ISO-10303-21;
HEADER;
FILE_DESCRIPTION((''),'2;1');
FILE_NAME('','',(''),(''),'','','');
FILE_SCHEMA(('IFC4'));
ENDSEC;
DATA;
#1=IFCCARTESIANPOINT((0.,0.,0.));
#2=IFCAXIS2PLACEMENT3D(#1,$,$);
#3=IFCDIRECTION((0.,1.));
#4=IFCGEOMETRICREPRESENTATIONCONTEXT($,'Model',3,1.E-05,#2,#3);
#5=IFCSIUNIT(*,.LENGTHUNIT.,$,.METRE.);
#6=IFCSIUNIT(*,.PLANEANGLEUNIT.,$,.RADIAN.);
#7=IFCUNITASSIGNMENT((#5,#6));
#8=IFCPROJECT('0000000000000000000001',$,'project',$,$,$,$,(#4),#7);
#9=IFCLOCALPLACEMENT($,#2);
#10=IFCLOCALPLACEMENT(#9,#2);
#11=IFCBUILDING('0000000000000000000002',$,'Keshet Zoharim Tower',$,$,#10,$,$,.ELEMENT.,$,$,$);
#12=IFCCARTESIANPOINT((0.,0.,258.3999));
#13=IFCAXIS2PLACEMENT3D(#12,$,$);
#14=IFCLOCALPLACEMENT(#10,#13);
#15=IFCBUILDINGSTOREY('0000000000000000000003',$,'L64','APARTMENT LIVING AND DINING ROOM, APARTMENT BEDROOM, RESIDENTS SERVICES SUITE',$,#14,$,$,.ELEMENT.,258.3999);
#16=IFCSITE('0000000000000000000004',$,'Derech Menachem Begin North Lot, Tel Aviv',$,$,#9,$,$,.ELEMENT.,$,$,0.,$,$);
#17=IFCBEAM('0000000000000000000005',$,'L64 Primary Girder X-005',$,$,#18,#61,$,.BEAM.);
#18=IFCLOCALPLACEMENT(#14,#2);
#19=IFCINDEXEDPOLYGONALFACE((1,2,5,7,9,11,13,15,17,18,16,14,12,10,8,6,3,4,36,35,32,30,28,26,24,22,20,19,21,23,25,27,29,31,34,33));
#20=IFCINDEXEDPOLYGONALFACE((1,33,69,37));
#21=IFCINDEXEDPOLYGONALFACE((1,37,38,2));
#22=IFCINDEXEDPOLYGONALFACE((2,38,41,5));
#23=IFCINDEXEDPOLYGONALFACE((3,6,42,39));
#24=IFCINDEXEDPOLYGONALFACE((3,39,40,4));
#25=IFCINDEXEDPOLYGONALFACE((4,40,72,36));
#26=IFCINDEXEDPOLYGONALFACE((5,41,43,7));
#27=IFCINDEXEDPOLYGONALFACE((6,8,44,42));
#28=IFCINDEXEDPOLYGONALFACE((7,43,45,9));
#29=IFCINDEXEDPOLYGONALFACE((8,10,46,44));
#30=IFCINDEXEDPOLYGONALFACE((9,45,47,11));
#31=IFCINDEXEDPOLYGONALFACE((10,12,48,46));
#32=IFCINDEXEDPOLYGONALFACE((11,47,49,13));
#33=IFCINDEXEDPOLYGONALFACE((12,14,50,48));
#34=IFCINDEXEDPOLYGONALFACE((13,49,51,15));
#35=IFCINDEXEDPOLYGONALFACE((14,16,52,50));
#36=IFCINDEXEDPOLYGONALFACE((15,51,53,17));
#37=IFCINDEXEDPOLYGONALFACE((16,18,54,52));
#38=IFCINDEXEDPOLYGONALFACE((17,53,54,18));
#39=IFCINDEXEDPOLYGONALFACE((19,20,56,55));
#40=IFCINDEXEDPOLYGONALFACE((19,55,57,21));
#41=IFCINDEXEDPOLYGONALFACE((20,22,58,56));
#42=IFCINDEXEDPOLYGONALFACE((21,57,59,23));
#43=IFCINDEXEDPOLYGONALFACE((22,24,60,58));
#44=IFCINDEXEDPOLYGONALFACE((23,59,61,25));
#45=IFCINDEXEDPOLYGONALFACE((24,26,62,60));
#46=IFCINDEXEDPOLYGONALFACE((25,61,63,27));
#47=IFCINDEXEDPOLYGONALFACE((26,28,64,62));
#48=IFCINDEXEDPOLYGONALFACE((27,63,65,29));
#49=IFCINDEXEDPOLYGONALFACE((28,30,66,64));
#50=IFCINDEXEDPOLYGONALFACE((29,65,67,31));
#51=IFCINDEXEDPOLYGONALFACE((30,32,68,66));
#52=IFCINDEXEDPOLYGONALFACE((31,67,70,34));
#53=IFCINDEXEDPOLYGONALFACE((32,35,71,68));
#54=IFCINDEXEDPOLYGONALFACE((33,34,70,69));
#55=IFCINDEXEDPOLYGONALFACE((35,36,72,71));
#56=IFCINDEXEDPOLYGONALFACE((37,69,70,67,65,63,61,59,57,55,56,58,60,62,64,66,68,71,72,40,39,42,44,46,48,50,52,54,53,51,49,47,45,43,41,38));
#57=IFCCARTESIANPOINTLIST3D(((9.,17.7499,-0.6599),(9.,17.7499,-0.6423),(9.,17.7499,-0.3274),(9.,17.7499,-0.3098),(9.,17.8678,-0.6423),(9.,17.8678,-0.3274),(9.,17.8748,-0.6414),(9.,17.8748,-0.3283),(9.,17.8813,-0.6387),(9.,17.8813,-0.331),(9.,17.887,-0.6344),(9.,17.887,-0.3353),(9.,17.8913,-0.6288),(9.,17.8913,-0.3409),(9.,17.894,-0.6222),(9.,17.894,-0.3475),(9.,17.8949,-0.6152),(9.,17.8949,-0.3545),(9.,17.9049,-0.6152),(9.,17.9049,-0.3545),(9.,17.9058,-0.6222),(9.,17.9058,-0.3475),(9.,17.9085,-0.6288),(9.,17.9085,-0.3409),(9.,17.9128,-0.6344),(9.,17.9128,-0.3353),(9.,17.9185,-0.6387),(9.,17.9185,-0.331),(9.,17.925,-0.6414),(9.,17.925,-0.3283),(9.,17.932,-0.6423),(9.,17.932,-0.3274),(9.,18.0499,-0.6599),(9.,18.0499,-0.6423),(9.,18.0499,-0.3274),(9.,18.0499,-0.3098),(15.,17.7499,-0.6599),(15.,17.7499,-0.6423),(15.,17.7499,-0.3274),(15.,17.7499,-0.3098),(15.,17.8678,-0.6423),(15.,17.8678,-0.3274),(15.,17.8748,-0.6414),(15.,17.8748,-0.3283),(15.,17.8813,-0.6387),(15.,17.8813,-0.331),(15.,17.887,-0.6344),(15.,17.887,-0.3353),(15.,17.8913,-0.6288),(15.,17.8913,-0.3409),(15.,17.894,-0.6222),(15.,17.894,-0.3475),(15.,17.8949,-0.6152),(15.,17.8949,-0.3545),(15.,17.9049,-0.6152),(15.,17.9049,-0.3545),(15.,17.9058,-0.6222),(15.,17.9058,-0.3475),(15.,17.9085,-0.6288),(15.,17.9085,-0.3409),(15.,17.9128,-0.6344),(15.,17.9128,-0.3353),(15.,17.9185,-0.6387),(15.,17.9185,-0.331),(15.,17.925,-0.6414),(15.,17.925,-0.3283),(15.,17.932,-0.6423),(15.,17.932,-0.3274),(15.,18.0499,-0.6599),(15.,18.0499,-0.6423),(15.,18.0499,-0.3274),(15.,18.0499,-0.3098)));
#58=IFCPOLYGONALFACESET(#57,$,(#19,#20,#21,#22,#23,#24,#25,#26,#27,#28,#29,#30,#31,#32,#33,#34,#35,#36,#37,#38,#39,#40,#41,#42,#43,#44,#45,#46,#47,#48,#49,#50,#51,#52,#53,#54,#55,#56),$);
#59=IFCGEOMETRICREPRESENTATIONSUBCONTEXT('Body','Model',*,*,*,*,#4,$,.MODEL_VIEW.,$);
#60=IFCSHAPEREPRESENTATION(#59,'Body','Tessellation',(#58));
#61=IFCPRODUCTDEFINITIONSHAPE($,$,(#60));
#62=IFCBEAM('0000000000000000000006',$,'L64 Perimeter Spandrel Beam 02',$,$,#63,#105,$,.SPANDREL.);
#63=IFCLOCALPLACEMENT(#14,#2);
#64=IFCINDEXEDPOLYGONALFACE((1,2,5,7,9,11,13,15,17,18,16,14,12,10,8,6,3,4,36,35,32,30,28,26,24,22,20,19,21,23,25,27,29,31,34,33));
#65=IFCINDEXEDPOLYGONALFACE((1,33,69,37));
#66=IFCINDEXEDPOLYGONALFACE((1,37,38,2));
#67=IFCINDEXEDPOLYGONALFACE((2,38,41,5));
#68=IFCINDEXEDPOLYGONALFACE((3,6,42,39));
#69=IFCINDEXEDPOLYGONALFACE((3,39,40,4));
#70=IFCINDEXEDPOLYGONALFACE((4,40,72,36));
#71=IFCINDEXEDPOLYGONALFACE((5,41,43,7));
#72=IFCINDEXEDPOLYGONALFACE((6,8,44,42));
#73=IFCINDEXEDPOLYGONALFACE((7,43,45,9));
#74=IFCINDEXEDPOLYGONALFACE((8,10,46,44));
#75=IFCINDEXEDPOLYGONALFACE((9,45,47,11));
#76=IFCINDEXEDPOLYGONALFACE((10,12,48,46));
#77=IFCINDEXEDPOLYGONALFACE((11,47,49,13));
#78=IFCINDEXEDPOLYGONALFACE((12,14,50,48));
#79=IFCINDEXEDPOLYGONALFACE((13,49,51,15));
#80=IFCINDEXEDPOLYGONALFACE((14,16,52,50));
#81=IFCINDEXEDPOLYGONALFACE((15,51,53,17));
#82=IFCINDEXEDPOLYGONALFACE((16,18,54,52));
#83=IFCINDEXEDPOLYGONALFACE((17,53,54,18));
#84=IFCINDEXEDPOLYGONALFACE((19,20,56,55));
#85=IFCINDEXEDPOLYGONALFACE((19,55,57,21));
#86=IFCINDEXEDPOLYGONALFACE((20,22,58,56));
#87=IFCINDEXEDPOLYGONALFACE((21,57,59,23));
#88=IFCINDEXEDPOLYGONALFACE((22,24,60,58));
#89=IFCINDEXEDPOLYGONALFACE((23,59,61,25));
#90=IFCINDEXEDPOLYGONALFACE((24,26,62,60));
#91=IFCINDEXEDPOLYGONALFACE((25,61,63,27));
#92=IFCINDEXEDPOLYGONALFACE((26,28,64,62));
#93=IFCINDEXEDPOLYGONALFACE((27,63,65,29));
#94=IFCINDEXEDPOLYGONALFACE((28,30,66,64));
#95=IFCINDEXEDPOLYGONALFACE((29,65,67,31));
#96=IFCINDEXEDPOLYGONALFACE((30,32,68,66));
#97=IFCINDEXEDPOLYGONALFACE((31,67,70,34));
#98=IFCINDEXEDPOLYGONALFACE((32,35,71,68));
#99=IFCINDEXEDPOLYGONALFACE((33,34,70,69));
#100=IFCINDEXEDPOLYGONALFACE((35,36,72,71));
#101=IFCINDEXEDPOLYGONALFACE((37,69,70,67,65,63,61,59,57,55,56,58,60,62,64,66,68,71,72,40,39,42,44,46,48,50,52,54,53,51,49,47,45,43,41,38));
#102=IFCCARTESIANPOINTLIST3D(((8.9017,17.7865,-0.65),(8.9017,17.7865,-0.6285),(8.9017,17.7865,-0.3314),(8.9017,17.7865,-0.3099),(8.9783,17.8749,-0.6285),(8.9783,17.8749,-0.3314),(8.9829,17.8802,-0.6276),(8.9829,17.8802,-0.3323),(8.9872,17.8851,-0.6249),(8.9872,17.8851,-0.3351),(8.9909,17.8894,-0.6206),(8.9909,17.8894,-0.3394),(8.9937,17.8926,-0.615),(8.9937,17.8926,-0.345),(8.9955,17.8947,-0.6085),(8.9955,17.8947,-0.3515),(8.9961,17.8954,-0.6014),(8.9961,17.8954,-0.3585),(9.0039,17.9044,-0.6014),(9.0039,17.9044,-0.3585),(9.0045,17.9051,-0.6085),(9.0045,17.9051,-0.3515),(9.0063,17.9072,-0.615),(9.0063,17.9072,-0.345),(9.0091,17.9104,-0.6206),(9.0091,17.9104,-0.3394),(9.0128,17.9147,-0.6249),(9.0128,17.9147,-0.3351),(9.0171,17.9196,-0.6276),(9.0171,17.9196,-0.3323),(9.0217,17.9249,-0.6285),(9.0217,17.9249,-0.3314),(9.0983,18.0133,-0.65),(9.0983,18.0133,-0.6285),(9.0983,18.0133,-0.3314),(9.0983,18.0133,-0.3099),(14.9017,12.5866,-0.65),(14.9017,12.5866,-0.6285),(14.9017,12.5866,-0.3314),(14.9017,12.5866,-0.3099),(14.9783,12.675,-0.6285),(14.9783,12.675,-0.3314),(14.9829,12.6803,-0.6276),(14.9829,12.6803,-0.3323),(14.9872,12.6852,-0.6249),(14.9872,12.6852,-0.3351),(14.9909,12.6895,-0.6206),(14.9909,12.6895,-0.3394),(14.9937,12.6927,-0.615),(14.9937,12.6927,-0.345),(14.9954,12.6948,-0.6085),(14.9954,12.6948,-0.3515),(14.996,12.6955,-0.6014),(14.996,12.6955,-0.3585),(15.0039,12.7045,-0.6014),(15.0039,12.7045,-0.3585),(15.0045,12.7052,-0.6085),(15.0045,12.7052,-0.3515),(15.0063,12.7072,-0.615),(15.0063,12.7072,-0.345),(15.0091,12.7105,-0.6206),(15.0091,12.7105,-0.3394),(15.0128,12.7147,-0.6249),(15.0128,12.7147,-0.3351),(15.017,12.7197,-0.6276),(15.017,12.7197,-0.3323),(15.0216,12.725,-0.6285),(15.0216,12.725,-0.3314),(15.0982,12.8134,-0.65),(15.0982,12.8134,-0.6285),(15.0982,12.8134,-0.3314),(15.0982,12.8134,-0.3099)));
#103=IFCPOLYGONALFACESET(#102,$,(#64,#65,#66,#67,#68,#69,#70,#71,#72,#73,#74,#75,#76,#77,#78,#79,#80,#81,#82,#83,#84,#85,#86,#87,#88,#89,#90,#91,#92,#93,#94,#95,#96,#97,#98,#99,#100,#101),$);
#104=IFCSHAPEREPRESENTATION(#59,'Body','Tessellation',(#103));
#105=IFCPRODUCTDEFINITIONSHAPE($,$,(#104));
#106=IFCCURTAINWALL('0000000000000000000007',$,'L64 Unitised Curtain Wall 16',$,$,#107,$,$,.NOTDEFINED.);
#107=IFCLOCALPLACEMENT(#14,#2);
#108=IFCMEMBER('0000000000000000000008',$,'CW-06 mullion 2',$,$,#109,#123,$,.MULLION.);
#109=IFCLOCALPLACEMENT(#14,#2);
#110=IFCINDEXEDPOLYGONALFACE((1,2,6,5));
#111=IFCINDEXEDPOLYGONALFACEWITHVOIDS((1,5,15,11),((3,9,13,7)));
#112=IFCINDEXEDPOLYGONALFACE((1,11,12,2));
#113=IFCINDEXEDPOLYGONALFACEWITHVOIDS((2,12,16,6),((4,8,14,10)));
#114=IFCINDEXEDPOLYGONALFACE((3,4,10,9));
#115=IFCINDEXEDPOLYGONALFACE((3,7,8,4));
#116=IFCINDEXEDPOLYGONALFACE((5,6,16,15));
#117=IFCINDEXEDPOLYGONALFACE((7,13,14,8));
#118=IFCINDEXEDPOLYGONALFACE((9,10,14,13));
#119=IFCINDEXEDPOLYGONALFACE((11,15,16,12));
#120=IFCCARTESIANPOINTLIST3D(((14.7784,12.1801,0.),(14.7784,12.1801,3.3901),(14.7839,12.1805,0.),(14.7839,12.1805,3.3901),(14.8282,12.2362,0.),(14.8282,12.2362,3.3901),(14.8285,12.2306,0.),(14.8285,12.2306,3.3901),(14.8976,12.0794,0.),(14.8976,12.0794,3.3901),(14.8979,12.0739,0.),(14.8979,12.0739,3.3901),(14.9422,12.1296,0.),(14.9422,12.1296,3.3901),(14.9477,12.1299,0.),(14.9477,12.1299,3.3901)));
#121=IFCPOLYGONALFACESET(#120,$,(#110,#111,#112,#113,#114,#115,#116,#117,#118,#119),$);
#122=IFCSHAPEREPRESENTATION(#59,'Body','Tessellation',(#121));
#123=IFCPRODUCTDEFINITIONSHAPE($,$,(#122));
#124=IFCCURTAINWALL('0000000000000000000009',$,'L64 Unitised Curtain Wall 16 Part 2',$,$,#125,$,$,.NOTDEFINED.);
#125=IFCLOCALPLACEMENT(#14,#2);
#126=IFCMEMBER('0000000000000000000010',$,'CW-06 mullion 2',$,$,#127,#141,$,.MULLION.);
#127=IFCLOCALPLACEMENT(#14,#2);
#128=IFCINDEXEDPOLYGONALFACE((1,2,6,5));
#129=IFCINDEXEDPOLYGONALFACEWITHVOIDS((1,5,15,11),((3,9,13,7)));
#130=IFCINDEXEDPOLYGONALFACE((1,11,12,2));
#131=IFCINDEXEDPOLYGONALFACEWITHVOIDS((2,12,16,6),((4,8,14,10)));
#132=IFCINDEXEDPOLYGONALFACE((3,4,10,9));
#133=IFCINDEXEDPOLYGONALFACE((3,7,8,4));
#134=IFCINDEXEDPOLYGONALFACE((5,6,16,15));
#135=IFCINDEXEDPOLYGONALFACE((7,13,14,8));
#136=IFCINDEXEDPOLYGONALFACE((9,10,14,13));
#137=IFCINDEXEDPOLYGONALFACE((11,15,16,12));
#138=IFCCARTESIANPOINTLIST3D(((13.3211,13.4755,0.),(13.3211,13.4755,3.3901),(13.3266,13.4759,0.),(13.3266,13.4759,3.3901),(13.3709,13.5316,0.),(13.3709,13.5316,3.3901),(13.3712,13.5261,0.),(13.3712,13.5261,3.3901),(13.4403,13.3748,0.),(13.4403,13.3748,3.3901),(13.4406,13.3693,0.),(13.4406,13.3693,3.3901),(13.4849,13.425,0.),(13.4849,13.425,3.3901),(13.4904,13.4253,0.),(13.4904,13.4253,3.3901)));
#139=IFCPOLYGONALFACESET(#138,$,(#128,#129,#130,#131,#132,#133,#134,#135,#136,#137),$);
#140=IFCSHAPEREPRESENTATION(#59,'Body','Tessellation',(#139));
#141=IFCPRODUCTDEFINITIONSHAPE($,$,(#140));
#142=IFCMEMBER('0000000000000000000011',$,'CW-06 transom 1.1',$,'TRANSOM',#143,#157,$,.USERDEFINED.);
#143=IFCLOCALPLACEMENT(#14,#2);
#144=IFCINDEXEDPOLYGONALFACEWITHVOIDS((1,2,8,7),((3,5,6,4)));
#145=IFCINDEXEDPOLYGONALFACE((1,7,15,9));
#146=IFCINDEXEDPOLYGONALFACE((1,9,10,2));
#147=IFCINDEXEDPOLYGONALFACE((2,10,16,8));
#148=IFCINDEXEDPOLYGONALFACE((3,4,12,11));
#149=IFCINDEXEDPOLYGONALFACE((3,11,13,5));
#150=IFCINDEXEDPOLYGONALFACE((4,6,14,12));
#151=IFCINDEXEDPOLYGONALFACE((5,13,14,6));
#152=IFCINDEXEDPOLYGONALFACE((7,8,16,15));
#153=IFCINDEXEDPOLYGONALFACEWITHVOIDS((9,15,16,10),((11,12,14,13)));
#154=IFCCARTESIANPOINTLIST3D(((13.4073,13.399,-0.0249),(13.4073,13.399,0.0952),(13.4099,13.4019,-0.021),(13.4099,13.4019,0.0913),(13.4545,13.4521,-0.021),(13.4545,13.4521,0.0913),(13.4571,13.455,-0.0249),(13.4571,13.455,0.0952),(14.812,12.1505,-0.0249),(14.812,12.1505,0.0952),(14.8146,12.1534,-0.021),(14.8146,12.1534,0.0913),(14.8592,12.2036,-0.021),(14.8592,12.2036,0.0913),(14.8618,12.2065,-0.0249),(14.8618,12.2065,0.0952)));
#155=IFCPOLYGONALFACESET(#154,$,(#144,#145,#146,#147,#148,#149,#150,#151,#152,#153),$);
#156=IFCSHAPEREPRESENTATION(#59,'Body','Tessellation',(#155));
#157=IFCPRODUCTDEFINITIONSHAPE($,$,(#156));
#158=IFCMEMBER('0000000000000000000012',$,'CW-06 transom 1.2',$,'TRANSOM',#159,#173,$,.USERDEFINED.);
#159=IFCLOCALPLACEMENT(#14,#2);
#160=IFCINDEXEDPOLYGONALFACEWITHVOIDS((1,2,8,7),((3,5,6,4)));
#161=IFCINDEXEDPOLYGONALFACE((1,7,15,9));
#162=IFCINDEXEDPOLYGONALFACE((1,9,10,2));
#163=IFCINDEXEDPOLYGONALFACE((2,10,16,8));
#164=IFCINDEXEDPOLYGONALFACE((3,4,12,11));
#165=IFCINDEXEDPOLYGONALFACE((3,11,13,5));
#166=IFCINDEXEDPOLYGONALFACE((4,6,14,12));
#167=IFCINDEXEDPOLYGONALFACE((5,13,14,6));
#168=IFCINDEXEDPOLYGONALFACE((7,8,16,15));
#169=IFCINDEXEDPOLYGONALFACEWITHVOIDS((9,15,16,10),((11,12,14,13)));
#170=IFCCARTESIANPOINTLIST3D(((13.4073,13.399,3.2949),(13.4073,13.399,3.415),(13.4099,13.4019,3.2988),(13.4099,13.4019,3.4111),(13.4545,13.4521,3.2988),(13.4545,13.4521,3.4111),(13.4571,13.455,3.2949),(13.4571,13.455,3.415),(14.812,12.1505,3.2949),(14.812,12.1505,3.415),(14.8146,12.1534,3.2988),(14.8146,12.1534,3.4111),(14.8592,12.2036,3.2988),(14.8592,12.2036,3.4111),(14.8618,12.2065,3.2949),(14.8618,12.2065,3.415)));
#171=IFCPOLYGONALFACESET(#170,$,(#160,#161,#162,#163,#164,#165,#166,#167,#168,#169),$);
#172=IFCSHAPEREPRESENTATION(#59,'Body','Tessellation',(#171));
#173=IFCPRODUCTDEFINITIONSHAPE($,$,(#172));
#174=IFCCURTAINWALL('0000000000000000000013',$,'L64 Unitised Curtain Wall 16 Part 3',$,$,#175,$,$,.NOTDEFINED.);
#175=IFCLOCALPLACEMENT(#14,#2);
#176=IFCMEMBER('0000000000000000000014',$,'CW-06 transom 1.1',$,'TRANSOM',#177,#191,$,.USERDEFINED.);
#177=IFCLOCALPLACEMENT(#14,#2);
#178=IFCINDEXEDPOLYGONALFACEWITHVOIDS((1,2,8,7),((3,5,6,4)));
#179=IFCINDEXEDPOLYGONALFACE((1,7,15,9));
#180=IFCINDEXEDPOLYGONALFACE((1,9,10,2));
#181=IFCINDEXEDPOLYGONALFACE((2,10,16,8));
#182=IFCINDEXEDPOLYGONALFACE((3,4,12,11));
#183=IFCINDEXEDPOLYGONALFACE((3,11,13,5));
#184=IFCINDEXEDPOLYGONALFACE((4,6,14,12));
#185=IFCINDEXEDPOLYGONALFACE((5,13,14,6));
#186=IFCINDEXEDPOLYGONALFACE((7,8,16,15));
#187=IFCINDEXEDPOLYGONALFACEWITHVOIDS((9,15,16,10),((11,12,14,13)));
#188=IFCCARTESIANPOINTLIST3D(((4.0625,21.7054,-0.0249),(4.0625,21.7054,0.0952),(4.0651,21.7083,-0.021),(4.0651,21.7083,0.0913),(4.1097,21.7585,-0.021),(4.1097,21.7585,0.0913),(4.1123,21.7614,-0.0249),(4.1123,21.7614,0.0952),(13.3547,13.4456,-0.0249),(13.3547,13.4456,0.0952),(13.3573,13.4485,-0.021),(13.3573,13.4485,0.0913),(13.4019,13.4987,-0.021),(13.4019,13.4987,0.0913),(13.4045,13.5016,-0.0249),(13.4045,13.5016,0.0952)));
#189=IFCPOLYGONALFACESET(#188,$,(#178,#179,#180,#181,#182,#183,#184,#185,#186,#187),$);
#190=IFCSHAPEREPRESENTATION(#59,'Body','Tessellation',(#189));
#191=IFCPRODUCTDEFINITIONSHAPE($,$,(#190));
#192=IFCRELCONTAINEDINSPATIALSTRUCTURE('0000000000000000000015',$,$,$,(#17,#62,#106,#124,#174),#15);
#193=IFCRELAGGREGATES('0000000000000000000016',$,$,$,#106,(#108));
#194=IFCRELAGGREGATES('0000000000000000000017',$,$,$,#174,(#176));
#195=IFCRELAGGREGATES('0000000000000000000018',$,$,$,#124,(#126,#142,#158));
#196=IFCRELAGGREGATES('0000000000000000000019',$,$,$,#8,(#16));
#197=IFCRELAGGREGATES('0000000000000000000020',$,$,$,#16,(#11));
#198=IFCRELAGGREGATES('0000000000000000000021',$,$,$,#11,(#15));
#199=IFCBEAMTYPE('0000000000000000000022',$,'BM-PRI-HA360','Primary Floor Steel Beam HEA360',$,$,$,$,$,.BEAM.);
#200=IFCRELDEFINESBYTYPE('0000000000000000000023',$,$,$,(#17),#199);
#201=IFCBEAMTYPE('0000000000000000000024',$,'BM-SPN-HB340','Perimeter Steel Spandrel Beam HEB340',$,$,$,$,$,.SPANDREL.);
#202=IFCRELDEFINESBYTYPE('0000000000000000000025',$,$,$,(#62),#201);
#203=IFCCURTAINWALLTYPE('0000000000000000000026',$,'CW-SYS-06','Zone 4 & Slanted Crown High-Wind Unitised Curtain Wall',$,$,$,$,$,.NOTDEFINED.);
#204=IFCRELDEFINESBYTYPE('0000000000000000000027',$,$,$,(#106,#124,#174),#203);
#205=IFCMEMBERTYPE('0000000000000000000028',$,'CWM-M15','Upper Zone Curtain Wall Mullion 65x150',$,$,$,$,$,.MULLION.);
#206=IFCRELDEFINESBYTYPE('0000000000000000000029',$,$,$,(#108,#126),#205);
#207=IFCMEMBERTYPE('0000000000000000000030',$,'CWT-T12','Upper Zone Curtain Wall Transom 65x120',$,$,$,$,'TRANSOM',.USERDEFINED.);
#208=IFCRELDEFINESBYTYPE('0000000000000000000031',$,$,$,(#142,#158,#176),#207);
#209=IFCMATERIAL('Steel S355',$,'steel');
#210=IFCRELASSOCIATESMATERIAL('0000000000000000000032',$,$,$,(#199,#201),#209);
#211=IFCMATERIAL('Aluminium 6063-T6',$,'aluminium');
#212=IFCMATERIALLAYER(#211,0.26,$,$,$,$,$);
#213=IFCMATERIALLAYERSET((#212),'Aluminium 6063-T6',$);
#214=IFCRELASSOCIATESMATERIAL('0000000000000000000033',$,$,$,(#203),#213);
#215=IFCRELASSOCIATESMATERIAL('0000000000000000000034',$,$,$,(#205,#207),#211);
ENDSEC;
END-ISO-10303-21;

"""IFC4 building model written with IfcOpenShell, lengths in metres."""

from ifc_helpers import new_model, si_unit, direction, frame, origin, origin_2d, place, context, subcontext, project, spatial, hollow_rectangle, i_section, extrude, material, layer, layer_set, material_profile, profile_set, type_object, element, aggregate, save


model = new_model("IFC4")

# Units and contexts
model_context = context("Model", 3, precision=1e-05, world=origin(), true_north=direction((0.0, 1.0)))
body_context = subcontext(model_context, "Body", "Model", "MODEL_VIEW")
ifc_project = project(units=[si_unit("LENGTHUNIT", "METRE"), si_unit("PLANEANGLEUNIT", "RADIAN")], contexts=[model_context])

# Site, building, storey
site_placement = place(None, origin())
site = spatial("IfcSite", under=ifc_project, at=site_placement, Name="Derech Menachem Begin North Lot, Tel Aviv", CompositionType="ELEMENT", RefElevation=0.0)
building_placement = place(site_placement, origin())
building = spatial("IfcBuilding", under=site, at=building_placement, Name="Keshet Zoharim Tower", CompositionType="ELEMENT")
storey_placement = place(building_placement, frame((0.0, 0.0, 258.3999)))
storey = spatial("IfcBuildingStorey", under=building, at=storey_placement, Name="L64", Description="APARTMENT LIVING AND DINING ROOM, APARTMENT BEDROOM, RESIDENTS SERVICES SUITE", CompositionType="ELEMENT", Elevation=258.3999)

# Shared definitions
ifc_material_1 = material(Name="Steel S355", Category="steel")

# Beams
ifc_material_profile_1 = material_profile(ifc_material_1, i_section(OverallWidth=0.3, OverallDepth=0.3501, WebThickness=0.01, FlangeThickness=0.0176, FilletRadius=0.0271, at=origin_2d()), Name="HEA360")
ifc_profile_set_1 = profile_set([ifc_material_profile_1], Name="Steel S355")
beam_type_1 = type_object("IfcBeamType", Name="BM-PRI-HA360", Description="Primary Floor Steel Beam HEA360", PredefinedType="BEAM", material=ifc_profile_set_1)
beam_1_placement = place(storey_placement, frame((9.0, 17.8999, -0.4849), z_axis=(1.0, 0.0, 0.0), x_axis=(0.0, 1.0, 0.0)))
element("IfcBeam", 1, at=beam_1_placement, inside=storey, type_object=beam_type_1, Name="L64 Primary Girder X-005", PredefinedType="BEAM", context=body_context, shape_type="SweptSolid", body=[
    extrude(i_section(OverallWidth=0.3, OverallDepth=0.3501, WebThickness=0.01, FlangeThickness=0.0176, FilletRadius=0.0271, at=origin_2d()), origin(), (0.0, 0.0, 1.0), 6.0),
])
ifc_material_profile_2 = material_profile(ifc_material_1, i_section(OverallWidth=0.3, OverallDepth=0.3401, WebThickness=0.012, FlangeThickness=0.0215, FilletRadius=0.0271, at=origin_2d()), Name="HEB340")
ifc_profile_set_2 = profile_set([ifc_material_profile_2], Name="Steel S355")
beam_type_2 = type_object("IfcBeamType", Name="BM-SPN-HB340", Description="Perimeter Steel Spandrel Beam HEB340", PredefinedType="SPANDREL", material=ifc_profile_set_2)
beam_2_placement = place(storey_placement, frame((9.0, 17.8999, -0.48), z_axis=(0.755692, -0.654927, 0.0), x_axis=(0.654927, 0.755692, 0.0)))
element("IfcBeam", 2, at=beam_2_placement, inside=storey, type_object=beam_type_2, Name="L64 Perimeter Spandrel Beam 02", PredefinedType="SPANDREL", context=body_context, shape_type="SweptSolid", body=[
    extrude(i_section(OverallWidth=0.3, OverallDepth=0.3401, WebThickness=0.012, FlangeThickness=0.0215, FilletRadius=0.0271, at=origin_2d()), origin(), (0.0, 0.0, 1.0), 7.9397),
])

# Curtain wall, member
ifc_material_2 = material(Name="Aluminium 6063-T6", Category="aluminium")
ifc_layer_1 = layer(ifc_material_2, 0.26)
ifc_layer_set_1 = layer_set([ifc_layer_1], Name="Aluminium 6063-T6")
curtain_wall_type = type_object("IfcCurtainWallType", Name="CW-SYS-06", Description="Zone 4 & Slanted Crown High-Wind Unitised Curtain Wall", PredefinedType="NOTDEFINED", material=ifc_layer_set_1)
curtain_wall_1_placement = place(storey_placement, origin())
curtain_wall_1 = element("IfcCurtainWall", 3, at=curtain_wall_1_placement, inside=storey, type_object=curtain_wall_type, Name="L64 Unitised Curtain Wall 16", PredefinedType="NOTDEFINED")
ifc_material_profile_3 = material_profile(ifc_material_2, hollow_rectangle(XDim=0.075, YDim=0.1599, WallThickness=0.0039, at=origin_2d()), Name="MUL-75x160")
ifc_profile_set_3 = profile_set([ifc_material_profile_3], Name="Aluminium 6063-T6")
member_type_1 = type_object("IfcMemberType", Name="CWM-M15", Description="Upper Zone Curtain Wall Mullion 65x150", PredefinedType="MULLION", material=ifc_profile_set_3)
member_1_placement = place(storey_placement, frame((14.863, 12.155, 0.0), z_axis=(0.0, 0.0, 1.0), x_axis=(-0.664362, -0.747411, 0.0)))
member_1 = element("IfcMember", 4, at=member_1_placement, type_object=member_type_1, Name="CW-06 mullion 2", PredefinedType="MULLION", context=body_context, shape_type="SweptSolid", body=[
    extrude(hollow_rectangle(XDim=0.075, YDim=0.1599, WallThickness=0.0039, at=origin_2d()), origin(), (0.0, 0.0, 1.0), 3.3901),
])
aggregate(curtain_wall_1, [member_1])

# Curtain wall, members
curtain_wall_2_placement = place(storey_placement, origin())
curtain_wall_2 = element("IfcCurtainWall", 5, at=curtain_wall_2_placement, inside=storey, type_object=curtain_wall_type, Name="L64 Unitised Curtain Wall 16 Part 2", PredefinedType="NOTDEFINED")
member_2_placement = place(storey_placement, frame((13.4058, 13.4504, 0.0), z_axis=(0.0, 0.0, 1.0), x_axis=(-0.664338, -0.747432, 0.0)))
member_2 = element("IfcMember", 6, at=member_2_placement, type_object=member_type_1, Name="CW-06 mullion 2", PredefinedType="MULLION", context=body_context, shape_type="SweptSolid", body=[
    extrude(hollow_rectangle(XDim=0.075, YDim=0.1599, WallThickness=0.0039, at=origin_2d()), origin(), (0.0, 0.0, 1.0), 3.3901),
])
ifc_material_profile_4 = material_profile(ifc_material_2, hollow_rectangle(XDim=0.075, YDim=0.1201, WallThickness=0.0039, at=origin_2d()), Name="TRN-75x120")
ifc_profile_set_4 = profile_set([ifc_material_profile_4], Name="Aluminium 6063-T6")
member_type_2 = type_object("IfcMemberType", Name="CWT-T12", Description="Upper Zone Curtain Wall Transom 65x120", ElementType="TRANSOM", PredefinedType="USERDEFINED", material=ifc_profile_set_4)
member_3_placement = place(storey_placement, frame((14.8369, 12.1785, 0.0352), z_axis=(-0.747452, 0.664315, 0.0), x_axis=(-0.664315, -0.747452, 0.0)))
member_3 = element("IfcMember", 7, at=member_3_placement, type_object=member_type_2, Name="CW-06 transom 1.1", ObjectType="TRANSOM", PredefinedType="USERDEFINED", context=body_context, shape_type="SweptSolid", body=[
    extrude(hollow_rectangle(XDim=0.075, YDim=0.1201, WallThickness=0.0039, at=origin_2d()), origin(), (0.0, 0.0, 1.0), 1.8794),
])
member_4_placement = place(storey_placement, frame((14.8369, 12.1785, 3.355), z_axis=(-0.747452, 0.664315, 0.0), x_axis=(-0.664315, -0.747452, 0.0)))
member_4 = element("IfcMember", 8, at=member_4_placement, type_object=member_type_2, Name="CW-06 transom 1.2", ObjectType="TRANSOM", PredefinedType="USERDEFINED", context=body_context, shape_type="SweptSolid", body=[
    extrude(hollow_rectangle(XDim=0.075, YDim=0.1201, WallThickness=0.0039, at=origin_2d()), origin(), (0.0, 0.0, 1.0), 1.8794),
])

# Curtain wall, member
curtain_wall_3_placement = place(storey_placement, origin())
curtain_wall_3 = element("IfcCurtainWall", 9, at=curtain_wall_3_placement, inside=storey, type_object=curtain_wall_type, Name="L64 Unitised Curtain Wall 16 Part 3", PredefinedType="NOTDEFINED")
member_5_placement = place(storey_placement, frame((13.3796, 13.4736, 0.0352), z_axis=(-0.747409, 0.664364, 0.0), x_axis=(-0.664364, -0.747409, 0.0)))
member_5 = element("IfcMember", 10, at=member_5_placement, type_object=member_type_2, Name="CW-06 transom 1.1", ObjectType="TRANSOM", PredefinedType="USERDEFINED", context=body_context, shape_type="SweptSolid", body=[
    extrude(hollow_rectangle(XDim=0.075, YDim=0.1201, WallThickness=0.0039, at=origin_2d()), origin(), (0.0, 0.0, 1.0), 12.4326),
])
aggregate(curtain_wall_3, [member_5])

aggregate(curtain_wall_2, [member_2, member_3, member_4])

save(model, "model.ifc")
